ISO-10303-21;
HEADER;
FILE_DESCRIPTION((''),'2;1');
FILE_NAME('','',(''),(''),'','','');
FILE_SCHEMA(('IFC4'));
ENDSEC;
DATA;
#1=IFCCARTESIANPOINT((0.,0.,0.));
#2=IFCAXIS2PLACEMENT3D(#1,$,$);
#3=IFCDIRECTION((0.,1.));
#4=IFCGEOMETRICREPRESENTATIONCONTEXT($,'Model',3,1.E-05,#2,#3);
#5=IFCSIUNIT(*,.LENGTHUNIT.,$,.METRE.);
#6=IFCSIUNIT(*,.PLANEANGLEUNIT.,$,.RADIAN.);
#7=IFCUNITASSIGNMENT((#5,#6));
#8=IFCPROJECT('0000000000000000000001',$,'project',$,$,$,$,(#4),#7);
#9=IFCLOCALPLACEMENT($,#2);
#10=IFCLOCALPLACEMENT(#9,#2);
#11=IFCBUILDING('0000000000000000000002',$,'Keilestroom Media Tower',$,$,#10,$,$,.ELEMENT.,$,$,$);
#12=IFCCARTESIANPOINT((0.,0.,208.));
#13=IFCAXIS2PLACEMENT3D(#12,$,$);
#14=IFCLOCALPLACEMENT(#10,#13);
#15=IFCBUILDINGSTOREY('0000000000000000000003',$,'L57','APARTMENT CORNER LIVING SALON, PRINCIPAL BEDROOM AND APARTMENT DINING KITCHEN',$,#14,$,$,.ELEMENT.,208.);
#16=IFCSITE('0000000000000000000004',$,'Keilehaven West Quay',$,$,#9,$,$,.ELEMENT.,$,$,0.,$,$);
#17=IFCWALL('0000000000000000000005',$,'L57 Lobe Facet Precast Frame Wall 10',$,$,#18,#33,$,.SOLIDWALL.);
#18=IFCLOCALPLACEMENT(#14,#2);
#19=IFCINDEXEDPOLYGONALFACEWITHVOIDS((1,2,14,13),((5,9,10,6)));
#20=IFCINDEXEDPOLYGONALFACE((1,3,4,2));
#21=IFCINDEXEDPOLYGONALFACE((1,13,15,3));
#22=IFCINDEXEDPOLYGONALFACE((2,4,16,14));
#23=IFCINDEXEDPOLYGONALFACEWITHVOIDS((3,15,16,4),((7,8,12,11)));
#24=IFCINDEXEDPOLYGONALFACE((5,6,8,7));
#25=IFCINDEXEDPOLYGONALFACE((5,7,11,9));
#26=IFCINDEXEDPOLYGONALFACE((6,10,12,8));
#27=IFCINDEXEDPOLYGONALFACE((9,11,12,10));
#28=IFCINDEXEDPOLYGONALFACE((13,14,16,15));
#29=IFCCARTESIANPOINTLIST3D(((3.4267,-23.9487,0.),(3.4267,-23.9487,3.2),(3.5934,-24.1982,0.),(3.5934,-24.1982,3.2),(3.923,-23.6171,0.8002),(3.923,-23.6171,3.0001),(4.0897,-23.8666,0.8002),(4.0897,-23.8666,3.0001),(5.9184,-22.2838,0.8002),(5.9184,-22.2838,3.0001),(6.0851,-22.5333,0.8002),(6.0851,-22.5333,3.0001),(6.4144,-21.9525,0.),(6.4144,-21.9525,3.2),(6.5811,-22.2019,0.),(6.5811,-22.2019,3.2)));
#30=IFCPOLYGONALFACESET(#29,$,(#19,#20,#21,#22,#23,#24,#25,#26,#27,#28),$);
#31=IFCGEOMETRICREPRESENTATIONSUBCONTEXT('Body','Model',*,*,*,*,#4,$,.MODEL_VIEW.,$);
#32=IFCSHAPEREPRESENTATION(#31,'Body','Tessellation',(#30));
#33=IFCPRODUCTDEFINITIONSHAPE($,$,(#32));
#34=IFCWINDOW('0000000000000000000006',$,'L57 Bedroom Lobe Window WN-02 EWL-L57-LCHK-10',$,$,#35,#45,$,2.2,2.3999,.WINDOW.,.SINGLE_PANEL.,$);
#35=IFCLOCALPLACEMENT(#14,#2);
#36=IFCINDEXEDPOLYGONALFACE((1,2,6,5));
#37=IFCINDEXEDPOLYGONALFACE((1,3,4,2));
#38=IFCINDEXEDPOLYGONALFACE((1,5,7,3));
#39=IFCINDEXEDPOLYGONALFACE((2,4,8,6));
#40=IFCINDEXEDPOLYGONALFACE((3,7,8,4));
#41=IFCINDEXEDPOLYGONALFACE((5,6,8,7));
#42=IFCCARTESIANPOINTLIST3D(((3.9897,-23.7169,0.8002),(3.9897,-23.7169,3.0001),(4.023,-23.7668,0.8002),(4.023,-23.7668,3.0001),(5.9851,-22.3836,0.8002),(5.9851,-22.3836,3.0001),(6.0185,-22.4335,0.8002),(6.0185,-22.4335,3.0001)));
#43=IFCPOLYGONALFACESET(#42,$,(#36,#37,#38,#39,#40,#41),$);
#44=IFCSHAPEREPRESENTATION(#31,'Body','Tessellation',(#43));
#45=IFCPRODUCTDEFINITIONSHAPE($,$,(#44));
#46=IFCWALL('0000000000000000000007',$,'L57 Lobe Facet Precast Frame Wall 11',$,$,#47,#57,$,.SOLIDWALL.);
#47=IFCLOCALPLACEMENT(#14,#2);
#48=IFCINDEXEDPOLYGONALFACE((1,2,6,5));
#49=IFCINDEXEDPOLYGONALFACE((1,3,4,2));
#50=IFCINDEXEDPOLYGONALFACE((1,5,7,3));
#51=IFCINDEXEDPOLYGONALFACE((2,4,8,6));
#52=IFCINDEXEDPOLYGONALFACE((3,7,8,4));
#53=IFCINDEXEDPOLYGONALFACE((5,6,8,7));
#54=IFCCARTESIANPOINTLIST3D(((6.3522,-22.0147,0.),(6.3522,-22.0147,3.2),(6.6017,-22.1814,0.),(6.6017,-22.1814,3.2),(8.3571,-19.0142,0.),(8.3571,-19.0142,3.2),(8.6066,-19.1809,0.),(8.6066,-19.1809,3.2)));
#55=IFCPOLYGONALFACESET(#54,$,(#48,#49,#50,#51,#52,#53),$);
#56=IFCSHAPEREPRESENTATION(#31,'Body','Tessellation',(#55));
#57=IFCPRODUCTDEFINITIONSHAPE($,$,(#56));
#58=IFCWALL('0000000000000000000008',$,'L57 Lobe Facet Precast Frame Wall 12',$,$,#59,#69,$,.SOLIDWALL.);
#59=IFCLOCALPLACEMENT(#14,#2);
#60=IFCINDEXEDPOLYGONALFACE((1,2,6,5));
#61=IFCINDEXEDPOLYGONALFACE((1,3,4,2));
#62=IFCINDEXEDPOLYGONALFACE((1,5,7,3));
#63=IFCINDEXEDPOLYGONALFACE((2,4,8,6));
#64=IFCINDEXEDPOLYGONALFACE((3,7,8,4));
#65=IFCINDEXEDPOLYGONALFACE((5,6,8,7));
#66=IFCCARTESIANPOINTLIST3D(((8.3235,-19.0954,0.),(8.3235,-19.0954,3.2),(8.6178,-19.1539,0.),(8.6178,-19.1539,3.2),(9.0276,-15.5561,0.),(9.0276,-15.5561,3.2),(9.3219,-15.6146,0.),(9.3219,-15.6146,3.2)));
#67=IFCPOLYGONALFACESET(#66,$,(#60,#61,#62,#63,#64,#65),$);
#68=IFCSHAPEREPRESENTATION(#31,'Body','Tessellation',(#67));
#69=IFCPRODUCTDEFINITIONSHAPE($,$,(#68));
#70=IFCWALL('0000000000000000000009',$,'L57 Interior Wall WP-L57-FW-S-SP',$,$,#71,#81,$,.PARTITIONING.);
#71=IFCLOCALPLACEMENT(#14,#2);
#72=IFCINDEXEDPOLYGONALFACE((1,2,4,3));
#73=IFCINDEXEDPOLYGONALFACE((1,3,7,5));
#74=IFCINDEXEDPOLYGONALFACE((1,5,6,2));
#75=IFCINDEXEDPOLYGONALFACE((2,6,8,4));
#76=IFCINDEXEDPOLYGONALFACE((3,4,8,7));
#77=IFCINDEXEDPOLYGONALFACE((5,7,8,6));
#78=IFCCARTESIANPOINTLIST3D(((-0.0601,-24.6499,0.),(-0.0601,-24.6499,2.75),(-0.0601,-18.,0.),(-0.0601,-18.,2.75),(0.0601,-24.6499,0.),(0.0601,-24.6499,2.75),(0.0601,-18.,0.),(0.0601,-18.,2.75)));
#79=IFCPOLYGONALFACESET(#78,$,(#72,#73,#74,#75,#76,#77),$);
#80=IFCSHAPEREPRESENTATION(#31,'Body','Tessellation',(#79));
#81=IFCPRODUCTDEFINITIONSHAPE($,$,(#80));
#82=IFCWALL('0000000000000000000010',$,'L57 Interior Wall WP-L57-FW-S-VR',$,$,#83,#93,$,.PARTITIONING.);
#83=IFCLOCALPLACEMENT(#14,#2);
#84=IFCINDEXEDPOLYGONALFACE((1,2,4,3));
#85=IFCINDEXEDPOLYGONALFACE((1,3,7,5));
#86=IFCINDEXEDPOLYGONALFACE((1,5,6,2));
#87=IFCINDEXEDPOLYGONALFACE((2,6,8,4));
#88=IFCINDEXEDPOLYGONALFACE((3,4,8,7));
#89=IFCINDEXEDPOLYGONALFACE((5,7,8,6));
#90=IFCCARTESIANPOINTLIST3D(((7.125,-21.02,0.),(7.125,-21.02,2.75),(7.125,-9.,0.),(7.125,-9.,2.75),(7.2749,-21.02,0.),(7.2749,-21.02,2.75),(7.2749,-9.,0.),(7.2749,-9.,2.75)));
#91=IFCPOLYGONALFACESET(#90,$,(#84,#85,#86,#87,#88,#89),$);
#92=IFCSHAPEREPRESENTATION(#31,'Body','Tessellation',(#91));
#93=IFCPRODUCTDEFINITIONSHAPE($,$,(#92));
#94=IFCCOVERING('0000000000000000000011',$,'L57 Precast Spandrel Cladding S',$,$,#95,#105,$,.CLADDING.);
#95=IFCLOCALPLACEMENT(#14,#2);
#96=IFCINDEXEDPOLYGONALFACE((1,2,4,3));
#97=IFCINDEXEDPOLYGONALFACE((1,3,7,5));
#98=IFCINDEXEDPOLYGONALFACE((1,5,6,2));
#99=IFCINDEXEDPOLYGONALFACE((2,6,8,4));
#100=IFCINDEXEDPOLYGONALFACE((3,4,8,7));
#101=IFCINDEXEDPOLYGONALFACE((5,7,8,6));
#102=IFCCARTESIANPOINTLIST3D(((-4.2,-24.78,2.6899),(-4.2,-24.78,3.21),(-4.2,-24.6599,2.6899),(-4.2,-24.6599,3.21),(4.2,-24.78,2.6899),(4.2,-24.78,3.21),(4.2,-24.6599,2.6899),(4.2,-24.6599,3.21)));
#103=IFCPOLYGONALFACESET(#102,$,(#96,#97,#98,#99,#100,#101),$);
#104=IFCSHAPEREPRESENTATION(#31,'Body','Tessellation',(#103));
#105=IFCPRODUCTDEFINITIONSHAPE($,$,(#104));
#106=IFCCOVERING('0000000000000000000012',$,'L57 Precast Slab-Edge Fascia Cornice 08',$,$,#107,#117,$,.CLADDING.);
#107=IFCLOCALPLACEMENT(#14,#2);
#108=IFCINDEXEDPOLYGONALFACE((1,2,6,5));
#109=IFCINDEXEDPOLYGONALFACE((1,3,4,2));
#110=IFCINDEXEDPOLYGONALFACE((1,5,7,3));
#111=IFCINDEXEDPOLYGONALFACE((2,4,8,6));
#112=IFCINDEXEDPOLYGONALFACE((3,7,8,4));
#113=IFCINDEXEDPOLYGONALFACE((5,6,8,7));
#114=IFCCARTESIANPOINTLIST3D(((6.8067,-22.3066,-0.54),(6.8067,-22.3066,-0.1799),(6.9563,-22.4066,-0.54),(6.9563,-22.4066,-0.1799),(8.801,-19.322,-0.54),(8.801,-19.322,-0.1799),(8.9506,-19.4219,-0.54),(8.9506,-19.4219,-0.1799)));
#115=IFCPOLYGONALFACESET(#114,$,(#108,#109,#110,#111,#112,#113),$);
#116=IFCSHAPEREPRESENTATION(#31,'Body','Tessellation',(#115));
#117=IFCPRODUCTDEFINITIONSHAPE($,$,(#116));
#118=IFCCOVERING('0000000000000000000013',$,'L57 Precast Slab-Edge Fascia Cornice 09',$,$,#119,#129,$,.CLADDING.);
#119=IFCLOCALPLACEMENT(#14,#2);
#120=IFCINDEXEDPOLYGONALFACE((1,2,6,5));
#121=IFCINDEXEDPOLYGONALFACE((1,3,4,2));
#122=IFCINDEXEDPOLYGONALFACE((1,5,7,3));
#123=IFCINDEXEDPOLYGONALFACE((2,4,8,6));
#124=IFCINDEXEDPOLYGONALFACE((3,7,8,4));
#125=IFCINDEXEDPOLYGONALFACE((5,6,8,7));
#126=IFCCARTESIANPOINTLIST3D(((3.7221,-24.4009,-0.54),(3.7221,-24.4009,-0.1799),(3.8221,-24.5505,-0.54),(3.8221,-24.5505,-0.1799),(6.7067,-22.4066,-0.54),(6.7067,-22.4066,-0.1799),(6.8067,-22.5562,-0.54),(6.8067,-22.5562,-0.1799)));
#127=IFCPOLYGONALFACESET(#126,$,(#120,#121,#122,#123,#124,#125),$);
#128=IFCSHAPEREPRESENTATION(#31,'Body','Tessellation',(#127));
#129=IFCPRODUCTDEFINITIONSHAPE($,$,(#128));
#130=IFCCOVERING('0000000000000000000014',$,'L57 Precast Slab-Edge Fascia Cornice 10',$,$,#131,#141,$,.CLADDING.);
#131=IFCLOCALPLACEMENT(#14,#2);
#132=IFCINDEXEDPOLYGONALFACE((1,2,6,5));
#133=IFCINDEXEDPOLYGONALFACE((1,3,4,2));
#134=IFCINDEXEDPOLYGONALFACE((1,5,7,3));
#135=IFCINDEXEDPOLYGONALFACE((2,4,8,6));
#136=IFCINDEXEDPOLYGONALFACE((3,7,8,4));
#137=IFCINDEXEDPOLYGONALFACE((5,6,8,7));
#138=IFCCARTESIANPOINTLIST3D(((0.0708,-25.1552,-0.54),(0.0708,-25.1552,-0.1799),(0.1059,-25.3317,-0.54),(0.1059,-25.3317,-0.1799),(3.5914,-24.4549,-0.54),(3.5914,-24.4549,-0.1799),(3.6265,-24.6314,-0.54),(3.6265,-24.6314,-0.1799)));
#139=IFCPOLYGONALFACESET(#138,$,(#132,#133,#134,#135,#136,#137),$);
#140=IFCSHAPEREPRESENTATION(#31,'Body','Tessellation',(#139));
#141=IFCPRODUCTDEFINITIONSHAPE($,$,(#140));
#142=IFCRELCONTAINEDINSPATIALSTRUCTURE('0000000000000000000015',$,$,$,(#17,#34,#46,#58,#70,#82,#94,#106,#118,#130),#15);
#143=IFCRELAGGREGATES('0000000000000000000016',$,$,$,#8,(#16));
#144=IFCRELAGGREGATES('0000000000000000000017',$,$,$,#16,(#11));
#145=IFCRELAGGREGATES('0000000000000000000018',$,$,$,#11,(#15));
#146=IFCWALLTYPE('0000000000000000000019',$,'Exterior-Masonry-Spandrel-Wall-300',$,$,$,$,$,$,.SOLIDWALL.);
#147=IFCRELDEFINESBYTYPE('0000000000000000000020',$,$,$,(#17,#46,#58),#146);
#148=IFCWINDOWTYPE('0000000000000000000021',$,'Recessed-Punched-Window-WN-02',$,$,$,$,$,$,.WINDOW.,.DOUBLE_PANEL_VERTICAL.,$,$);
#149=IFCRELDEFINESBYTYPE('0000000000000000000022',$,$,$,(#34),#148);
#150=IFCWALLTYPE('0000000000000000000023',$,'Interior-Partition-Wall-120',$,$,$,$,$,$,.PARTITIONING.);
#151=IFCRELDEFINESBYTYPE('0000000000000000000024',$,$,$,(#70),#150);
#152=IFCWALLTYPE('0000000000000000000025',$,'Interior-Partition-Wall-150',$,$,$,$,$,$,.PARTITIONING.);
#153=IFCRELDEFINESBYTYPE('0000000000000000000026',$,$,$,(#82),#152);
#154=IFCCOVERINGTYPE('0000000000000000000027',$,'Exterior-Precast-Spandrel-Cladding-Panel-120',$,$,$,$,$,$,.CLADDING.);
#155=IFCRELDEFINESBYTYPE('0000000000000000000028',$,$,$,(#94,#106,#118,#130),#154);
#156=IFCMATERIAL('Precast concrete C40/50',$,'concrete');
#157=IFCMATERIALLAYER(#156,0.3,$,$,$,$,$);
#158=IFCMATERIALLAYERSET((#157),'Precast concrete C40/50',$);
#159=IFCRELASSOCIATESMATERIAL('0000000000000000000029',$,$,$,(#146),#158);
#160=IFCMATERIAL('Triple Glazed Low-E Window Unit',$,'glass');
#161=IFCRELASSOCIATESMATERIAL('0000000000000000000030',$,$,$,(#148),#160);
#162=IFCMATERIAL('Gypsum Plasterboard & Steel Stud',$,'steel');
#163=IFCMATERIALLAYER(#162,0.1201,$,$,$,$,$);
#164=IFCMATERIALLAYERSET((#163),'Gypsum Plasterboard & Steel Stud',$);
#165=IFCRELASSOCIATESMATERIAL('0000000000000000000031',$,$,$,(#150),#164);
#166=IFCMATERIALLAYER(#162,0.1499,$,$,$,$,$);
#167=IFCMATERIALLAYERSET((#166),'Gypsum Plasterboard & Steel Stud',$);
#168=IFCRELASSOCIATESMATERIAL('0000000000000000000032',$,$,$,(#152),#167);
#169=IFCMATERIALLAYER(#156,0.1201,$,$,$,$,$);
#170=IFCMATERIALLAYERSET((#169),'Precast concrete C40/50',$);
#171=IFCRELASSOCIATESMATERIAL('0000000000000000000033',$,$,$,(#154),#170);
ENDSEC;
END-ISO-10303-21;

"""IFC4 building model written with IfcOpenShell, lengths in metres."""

from ifc_helpers import new_model, si_unit, direction, frame, frame_2d, origin, origin_2d, place, context, subcontext, project, spatial, rectangle, extrude, source, transform, mapped, material, layer, layer_set, type_object, element, fill, save


model = new_model("IFC4")

# Units and contexts
model_context = context("Model", 3, precision=1e-05, world=origin(), true_north=direction((0.0, 1.0)))
body_context = subcontext(model_context, "Body", "Model", "MODEL_VIEW")
ifc_project = project(units=[si_unit("LENGTHUNIT", "METRE"), si_unit("PLANEANGLEUNIT", "RADIAN")], contexts=[model_context])

# Site, building, storey
site_placement = place(None, origin())
site = spatial("IfcSite", under=ifc_project, at=site_placement, Name="Keilehaven West Quay", CompositionType="ELEMENT", RefElevation=0.0)
building_placement = place(site_placement, origin())
building = spatial("IfcBuilding", under=site, at=building_placement, Name="Keilestroom Media Tower", CompositionType="ELEMENT")
storey_placement = place(building_placement, frame((0.0, 0.0, 208.0)))
storey = spatial("IfcBuildingStorey", under=building, at=storey_placement, Name="L57", Description="APARTMENT CORNER LIVING SALON, PRINCIPAL BEDROOM AND APARTMENT DINING KITCHEN", CompositionType="ELEMENT", Elevation=208.0)

# Wall, opening, window
ifc_material_1 = material(Name="Precast concrete C40/50", Category="concrete")
ifc_layer_1 = layer(ifc_material_1, 0.3)
ifc_layer_set_1 = layer_set([ifc_layer_1], Name="Precast concrete C40/50")
wall_type_1 = type_object("IfcWallType", Name="Exterior-Masonry-Spandrel-Wall-300", PredefinedType="SOLIDWALL", material=ifc_layer_set_1)
wall_1_placement = place(storey_placement, frame((3.51, -24.0735, 0.0), z_axis=(0.0, 0.0, 1.0), x_axis=(0.831475, 0.555562, 0.0)))
wall_1 = element("IfcWall", 1, at=wall_1_placement, inside=storey, type_object=wall_type_1, Name="L57 Lobe Facet Precast Frame Wall 10", PredefinedType="SOLIDWALL", context=body_context, shape_type="SweptSolid", body=[
    extrude(rectangle(XDim=3.5933, YDim=0.3, at=frame_2d((1.7966, 0.0))), origin(), (0.0, 0.0, 1.0), 3.2),
])
opening_placement = place(wall_1_placement, frame((0.5969, 0.0, 0.8)))
opening = element("IfcOpeningElement", 2, at=opening_placement, cuts=wall_1, PredefinedType="OPENING", context=body_context, shape_type="SweptSolid", body=[
    extrude(rectangle(XDim=2.3999, YDim=2.2, at=frame_2d((1.2, 1.1001))), frame((0.0, 0.1602, 0.0), z_axis=(0.0, -1.0, 0.0), x_axis=(1.0, 0.0, 0.0)), (0.0, 0.0, 1.0), 0.3201),
])
ifc_material_2 = material(Name="Triple Glazed Low-E Window Unit", Category="glass")
window_type = type_object("IfcWindowType", Name="Recessed-Punched-Window-WN-02", PartitioningType="DOUBLE_PANEL_VERTICAL", PredefinedType="WINDOW", material=ifc_material_2)
shared_shape_1 = source(origin(), body_context, "Body", "SweptSolid", [
    extrude(rectangle(XDim=2.3999, YDim=2.2, at=frame_2d((1.2, 1.1001))), frame((0.0, 0.03, 0.0), z_axis=(0.0, -1.0, 0.0), x_axis=(1.0, 0.0, 0.0)), (0.0, 0.0, 1.0), 0.0601),
])
window_placement = place(opening_placement, origin())
window = element("IfcWindow", 3, at=window_placement, inside=storey, type_object=window_type, Name="L57 Bedroom Lobe Window WN-02 EWL-L57-LCHK-10", OverallHeight=2.2, OverallWidth=2.3999, PartitioningType="SINGLE_PANEL", PredefinedType="WINDOW", context=body_context, shape_type="MappedRepresentation", body=[
    mapped(shared_shape_1, transform((0.0, 0.0, 0.0), x_axis=(1.0, 0.0, 0.0), y_axis=(0.0, 1.0, 0.0), z_axis=(0.0, 0.0, 1.0), scale=1.0)),
])
fill(opening, window)

# Walls
for number, where, z_axis, x_axis, name in (
    (4, (6.4771, -22.0979, 0.0), (0.0, 0.0, 1.0), (0.555574, 0.831467, 0.0), "L57 Lobe Facet Precast Frame Wall 11"),
    (5, (8.4707, -19.1245, 0.0), (0.0, 0.0, 1.0), (0.195114, 0.980781, 0.0), "L57 Lobe Facet Precast Frame Wall 12"),
):
    element("IfcWall", number, at=place(storey_placement, frame(where, z_axis=z_axis, x_axis=x_axis)), inside=storey, type_object=wall_type_1, Name=name, PredefinedType="SOLIDWALL", context=body_context, shape_type="SweptSolid", body=[
        extrude(rectangle(XDim=3.6086, YDim=0.3, at=frame_2d((1.8042, 0.0))), origin(), (0.0, 0.0, 1.0), 3.2),
    ])
ifc_material_3 = material(Name="Gypsum Plasterboard & Steel Stud", Category="steel")
ifc_layer_2 = layer(ifc_material_3, 0.1201)
ifc_layer_set_2 = layer_set([ifc_layer_2], Name="Gypsum Plasterboard & Steel Stud")
wall_type_2 = type_object("IfcWallType", Name="Interior-Partition-Wall-120", PredefinedType="PARTITIONING", material=ifc_layer_set_2)
wall_2_placement = place(storey_placement, frame((0.0, -24.6499, 0.0), z_axis=(0.0, 0.0, 1.0), x_axis=(0.0, 1.0, 0.0)))
element("IfcWall", 6, at=wall_2_placement, inside=storey, type_object=wall_type_2, Name="L57 Interior Wall WP-L57-FW-S-SP", PredefinedType="PARTITIONING", context=body_context, shape_type="SweptSolid", body=[
    extrude(rectangle(XDim=6.6499, YDim=0.1201, at=frame_2d((3.325, 0.0))), origin(), (0.0, 0.0, 1.0), 2.75),
])
ifc_layer_3 = layer(ifc_material_3, 0.1499)
ifc_layer_set_3 = layer_set([ifc_layer_3], Name="Gypsum Plasterboard & Steel Stud")
wall_type_3 = type_object("IfcWallType", Name="Interior-Partition-Wall-150", PredefinedType="PARTITIONING", material=ifc_layer_set_3)
wall_3_placement = place(storey_placement, frame((7.2, -21.02, 0.0), z_axis=(0.0, 0.0, 1.0), x_axis=(0.0, 1.0, 0.0)))
element("IfcWall", 7, at=wall_3_placement, inside=storey, type_object=wall_type_3, Name="L57 Interior Wall WP-L57-FW-S-VR", PredefinedType="PARTITIONING", context=body_context, shape_type="SweptSolid", body=[
    extrude(rectangle(XDim=12.02, YDim=0.1499, at=frame_2d((6.01, 0.0))), origin(), (0.0, 0.0, 1.0), 2.75),
])

# Coverings
ifc_layer_4 = layer(ifc_material_1, 0.1201)
ifc_layer_set_4 = layer_set([ifc_layer_4], Name="Precast concrete C40/50")
covering_type = type_object("IfcCoveringType", Name="Exterior-Precast-Spandrel-Cladding-Panel-120", PredefinedType="CLADDING", material=ifc_layer_set_4)
shared_shape_2 = source(origin(), body_context, "Body", "SweptSolid", [
    extrude(rectangle(XDim=8.3999, YDim=0.1201, at=origin_2d()), origin(), (0.0, 0.0, 1.0), 0.52),
])
covering_placement = place(storey_placement, frame((0.0, -24.72, 2.6899), z_axis=(0.0, 0.0, 1.0), x_axis=(1.0, 0.0, 0.0)))
element("IfcCovering", 8, at=covering_placement, inside=storey, type_object=covering_type, Name="L57 Precast Spandrel Cladding S", PredefinedType="CLADDING", context=body_context, shape_type="MappedRepresentation", body=[
    mapped(shared_shape_2, transform((0.0, 0.0, 0.0), x_axis=(1.0, 0.0, 0.0), y_axis=(0.0, 1.0, 0.0), z_axis=(0.0, 0.0, 1.0), scale=1.0)),
])
shared_shape_3 = source(origin(), body_context, "Body", "SweptSolid", [
    extrude(rectangle(XDim=3.5896, YDim=0.1799, at=origin_2d()), origin(), (0.0, 0.0, 1.0), 0.3601),
])
for number, where, z_axis, x_axis, name in (
    (9, (7.8787, -20.8643, -0.54), (0.0, 0.0, 1.0), (-0.555575, -0.831467, 0.0), "L57 Precast Slab-Edge Fascia Cornice 08"),
    (10, (5.2644, -23.4785, -0.54), (0.0, 0.0, 1.0), (-0.831467, -0.555575, 0.0), "L57 Precast Slab-Edge Fascia Cornice 09"),
    (11, (1.8486, -24.8933, -0.54), (0.0, 0.0, 1.0), (-0.980784, -0.195099, 0.0), "L57 Precast Slab-Edge Fascia Cornice 10"),
):
    element("IfcCovering", number, at=place(storey_placement, frame(where, z_axis=z_axis, x_axis=x_axis)), inside=storey, type_object=covering_type, Name=name, PredefinedType="CLADDING", context=body_context, shape_type="MappedRepresentation", body=[
        mapped(shared_shape_3, transform((0.0, 0.0, 0.0), x_axis=(1.0, 0.0, 0.0), y_axis=(0.0, 1.0, 0.0), z_axis=(0.0, 0.0, 1.0), scale=1.0)),
    ])

save(model, "model.ifc")
